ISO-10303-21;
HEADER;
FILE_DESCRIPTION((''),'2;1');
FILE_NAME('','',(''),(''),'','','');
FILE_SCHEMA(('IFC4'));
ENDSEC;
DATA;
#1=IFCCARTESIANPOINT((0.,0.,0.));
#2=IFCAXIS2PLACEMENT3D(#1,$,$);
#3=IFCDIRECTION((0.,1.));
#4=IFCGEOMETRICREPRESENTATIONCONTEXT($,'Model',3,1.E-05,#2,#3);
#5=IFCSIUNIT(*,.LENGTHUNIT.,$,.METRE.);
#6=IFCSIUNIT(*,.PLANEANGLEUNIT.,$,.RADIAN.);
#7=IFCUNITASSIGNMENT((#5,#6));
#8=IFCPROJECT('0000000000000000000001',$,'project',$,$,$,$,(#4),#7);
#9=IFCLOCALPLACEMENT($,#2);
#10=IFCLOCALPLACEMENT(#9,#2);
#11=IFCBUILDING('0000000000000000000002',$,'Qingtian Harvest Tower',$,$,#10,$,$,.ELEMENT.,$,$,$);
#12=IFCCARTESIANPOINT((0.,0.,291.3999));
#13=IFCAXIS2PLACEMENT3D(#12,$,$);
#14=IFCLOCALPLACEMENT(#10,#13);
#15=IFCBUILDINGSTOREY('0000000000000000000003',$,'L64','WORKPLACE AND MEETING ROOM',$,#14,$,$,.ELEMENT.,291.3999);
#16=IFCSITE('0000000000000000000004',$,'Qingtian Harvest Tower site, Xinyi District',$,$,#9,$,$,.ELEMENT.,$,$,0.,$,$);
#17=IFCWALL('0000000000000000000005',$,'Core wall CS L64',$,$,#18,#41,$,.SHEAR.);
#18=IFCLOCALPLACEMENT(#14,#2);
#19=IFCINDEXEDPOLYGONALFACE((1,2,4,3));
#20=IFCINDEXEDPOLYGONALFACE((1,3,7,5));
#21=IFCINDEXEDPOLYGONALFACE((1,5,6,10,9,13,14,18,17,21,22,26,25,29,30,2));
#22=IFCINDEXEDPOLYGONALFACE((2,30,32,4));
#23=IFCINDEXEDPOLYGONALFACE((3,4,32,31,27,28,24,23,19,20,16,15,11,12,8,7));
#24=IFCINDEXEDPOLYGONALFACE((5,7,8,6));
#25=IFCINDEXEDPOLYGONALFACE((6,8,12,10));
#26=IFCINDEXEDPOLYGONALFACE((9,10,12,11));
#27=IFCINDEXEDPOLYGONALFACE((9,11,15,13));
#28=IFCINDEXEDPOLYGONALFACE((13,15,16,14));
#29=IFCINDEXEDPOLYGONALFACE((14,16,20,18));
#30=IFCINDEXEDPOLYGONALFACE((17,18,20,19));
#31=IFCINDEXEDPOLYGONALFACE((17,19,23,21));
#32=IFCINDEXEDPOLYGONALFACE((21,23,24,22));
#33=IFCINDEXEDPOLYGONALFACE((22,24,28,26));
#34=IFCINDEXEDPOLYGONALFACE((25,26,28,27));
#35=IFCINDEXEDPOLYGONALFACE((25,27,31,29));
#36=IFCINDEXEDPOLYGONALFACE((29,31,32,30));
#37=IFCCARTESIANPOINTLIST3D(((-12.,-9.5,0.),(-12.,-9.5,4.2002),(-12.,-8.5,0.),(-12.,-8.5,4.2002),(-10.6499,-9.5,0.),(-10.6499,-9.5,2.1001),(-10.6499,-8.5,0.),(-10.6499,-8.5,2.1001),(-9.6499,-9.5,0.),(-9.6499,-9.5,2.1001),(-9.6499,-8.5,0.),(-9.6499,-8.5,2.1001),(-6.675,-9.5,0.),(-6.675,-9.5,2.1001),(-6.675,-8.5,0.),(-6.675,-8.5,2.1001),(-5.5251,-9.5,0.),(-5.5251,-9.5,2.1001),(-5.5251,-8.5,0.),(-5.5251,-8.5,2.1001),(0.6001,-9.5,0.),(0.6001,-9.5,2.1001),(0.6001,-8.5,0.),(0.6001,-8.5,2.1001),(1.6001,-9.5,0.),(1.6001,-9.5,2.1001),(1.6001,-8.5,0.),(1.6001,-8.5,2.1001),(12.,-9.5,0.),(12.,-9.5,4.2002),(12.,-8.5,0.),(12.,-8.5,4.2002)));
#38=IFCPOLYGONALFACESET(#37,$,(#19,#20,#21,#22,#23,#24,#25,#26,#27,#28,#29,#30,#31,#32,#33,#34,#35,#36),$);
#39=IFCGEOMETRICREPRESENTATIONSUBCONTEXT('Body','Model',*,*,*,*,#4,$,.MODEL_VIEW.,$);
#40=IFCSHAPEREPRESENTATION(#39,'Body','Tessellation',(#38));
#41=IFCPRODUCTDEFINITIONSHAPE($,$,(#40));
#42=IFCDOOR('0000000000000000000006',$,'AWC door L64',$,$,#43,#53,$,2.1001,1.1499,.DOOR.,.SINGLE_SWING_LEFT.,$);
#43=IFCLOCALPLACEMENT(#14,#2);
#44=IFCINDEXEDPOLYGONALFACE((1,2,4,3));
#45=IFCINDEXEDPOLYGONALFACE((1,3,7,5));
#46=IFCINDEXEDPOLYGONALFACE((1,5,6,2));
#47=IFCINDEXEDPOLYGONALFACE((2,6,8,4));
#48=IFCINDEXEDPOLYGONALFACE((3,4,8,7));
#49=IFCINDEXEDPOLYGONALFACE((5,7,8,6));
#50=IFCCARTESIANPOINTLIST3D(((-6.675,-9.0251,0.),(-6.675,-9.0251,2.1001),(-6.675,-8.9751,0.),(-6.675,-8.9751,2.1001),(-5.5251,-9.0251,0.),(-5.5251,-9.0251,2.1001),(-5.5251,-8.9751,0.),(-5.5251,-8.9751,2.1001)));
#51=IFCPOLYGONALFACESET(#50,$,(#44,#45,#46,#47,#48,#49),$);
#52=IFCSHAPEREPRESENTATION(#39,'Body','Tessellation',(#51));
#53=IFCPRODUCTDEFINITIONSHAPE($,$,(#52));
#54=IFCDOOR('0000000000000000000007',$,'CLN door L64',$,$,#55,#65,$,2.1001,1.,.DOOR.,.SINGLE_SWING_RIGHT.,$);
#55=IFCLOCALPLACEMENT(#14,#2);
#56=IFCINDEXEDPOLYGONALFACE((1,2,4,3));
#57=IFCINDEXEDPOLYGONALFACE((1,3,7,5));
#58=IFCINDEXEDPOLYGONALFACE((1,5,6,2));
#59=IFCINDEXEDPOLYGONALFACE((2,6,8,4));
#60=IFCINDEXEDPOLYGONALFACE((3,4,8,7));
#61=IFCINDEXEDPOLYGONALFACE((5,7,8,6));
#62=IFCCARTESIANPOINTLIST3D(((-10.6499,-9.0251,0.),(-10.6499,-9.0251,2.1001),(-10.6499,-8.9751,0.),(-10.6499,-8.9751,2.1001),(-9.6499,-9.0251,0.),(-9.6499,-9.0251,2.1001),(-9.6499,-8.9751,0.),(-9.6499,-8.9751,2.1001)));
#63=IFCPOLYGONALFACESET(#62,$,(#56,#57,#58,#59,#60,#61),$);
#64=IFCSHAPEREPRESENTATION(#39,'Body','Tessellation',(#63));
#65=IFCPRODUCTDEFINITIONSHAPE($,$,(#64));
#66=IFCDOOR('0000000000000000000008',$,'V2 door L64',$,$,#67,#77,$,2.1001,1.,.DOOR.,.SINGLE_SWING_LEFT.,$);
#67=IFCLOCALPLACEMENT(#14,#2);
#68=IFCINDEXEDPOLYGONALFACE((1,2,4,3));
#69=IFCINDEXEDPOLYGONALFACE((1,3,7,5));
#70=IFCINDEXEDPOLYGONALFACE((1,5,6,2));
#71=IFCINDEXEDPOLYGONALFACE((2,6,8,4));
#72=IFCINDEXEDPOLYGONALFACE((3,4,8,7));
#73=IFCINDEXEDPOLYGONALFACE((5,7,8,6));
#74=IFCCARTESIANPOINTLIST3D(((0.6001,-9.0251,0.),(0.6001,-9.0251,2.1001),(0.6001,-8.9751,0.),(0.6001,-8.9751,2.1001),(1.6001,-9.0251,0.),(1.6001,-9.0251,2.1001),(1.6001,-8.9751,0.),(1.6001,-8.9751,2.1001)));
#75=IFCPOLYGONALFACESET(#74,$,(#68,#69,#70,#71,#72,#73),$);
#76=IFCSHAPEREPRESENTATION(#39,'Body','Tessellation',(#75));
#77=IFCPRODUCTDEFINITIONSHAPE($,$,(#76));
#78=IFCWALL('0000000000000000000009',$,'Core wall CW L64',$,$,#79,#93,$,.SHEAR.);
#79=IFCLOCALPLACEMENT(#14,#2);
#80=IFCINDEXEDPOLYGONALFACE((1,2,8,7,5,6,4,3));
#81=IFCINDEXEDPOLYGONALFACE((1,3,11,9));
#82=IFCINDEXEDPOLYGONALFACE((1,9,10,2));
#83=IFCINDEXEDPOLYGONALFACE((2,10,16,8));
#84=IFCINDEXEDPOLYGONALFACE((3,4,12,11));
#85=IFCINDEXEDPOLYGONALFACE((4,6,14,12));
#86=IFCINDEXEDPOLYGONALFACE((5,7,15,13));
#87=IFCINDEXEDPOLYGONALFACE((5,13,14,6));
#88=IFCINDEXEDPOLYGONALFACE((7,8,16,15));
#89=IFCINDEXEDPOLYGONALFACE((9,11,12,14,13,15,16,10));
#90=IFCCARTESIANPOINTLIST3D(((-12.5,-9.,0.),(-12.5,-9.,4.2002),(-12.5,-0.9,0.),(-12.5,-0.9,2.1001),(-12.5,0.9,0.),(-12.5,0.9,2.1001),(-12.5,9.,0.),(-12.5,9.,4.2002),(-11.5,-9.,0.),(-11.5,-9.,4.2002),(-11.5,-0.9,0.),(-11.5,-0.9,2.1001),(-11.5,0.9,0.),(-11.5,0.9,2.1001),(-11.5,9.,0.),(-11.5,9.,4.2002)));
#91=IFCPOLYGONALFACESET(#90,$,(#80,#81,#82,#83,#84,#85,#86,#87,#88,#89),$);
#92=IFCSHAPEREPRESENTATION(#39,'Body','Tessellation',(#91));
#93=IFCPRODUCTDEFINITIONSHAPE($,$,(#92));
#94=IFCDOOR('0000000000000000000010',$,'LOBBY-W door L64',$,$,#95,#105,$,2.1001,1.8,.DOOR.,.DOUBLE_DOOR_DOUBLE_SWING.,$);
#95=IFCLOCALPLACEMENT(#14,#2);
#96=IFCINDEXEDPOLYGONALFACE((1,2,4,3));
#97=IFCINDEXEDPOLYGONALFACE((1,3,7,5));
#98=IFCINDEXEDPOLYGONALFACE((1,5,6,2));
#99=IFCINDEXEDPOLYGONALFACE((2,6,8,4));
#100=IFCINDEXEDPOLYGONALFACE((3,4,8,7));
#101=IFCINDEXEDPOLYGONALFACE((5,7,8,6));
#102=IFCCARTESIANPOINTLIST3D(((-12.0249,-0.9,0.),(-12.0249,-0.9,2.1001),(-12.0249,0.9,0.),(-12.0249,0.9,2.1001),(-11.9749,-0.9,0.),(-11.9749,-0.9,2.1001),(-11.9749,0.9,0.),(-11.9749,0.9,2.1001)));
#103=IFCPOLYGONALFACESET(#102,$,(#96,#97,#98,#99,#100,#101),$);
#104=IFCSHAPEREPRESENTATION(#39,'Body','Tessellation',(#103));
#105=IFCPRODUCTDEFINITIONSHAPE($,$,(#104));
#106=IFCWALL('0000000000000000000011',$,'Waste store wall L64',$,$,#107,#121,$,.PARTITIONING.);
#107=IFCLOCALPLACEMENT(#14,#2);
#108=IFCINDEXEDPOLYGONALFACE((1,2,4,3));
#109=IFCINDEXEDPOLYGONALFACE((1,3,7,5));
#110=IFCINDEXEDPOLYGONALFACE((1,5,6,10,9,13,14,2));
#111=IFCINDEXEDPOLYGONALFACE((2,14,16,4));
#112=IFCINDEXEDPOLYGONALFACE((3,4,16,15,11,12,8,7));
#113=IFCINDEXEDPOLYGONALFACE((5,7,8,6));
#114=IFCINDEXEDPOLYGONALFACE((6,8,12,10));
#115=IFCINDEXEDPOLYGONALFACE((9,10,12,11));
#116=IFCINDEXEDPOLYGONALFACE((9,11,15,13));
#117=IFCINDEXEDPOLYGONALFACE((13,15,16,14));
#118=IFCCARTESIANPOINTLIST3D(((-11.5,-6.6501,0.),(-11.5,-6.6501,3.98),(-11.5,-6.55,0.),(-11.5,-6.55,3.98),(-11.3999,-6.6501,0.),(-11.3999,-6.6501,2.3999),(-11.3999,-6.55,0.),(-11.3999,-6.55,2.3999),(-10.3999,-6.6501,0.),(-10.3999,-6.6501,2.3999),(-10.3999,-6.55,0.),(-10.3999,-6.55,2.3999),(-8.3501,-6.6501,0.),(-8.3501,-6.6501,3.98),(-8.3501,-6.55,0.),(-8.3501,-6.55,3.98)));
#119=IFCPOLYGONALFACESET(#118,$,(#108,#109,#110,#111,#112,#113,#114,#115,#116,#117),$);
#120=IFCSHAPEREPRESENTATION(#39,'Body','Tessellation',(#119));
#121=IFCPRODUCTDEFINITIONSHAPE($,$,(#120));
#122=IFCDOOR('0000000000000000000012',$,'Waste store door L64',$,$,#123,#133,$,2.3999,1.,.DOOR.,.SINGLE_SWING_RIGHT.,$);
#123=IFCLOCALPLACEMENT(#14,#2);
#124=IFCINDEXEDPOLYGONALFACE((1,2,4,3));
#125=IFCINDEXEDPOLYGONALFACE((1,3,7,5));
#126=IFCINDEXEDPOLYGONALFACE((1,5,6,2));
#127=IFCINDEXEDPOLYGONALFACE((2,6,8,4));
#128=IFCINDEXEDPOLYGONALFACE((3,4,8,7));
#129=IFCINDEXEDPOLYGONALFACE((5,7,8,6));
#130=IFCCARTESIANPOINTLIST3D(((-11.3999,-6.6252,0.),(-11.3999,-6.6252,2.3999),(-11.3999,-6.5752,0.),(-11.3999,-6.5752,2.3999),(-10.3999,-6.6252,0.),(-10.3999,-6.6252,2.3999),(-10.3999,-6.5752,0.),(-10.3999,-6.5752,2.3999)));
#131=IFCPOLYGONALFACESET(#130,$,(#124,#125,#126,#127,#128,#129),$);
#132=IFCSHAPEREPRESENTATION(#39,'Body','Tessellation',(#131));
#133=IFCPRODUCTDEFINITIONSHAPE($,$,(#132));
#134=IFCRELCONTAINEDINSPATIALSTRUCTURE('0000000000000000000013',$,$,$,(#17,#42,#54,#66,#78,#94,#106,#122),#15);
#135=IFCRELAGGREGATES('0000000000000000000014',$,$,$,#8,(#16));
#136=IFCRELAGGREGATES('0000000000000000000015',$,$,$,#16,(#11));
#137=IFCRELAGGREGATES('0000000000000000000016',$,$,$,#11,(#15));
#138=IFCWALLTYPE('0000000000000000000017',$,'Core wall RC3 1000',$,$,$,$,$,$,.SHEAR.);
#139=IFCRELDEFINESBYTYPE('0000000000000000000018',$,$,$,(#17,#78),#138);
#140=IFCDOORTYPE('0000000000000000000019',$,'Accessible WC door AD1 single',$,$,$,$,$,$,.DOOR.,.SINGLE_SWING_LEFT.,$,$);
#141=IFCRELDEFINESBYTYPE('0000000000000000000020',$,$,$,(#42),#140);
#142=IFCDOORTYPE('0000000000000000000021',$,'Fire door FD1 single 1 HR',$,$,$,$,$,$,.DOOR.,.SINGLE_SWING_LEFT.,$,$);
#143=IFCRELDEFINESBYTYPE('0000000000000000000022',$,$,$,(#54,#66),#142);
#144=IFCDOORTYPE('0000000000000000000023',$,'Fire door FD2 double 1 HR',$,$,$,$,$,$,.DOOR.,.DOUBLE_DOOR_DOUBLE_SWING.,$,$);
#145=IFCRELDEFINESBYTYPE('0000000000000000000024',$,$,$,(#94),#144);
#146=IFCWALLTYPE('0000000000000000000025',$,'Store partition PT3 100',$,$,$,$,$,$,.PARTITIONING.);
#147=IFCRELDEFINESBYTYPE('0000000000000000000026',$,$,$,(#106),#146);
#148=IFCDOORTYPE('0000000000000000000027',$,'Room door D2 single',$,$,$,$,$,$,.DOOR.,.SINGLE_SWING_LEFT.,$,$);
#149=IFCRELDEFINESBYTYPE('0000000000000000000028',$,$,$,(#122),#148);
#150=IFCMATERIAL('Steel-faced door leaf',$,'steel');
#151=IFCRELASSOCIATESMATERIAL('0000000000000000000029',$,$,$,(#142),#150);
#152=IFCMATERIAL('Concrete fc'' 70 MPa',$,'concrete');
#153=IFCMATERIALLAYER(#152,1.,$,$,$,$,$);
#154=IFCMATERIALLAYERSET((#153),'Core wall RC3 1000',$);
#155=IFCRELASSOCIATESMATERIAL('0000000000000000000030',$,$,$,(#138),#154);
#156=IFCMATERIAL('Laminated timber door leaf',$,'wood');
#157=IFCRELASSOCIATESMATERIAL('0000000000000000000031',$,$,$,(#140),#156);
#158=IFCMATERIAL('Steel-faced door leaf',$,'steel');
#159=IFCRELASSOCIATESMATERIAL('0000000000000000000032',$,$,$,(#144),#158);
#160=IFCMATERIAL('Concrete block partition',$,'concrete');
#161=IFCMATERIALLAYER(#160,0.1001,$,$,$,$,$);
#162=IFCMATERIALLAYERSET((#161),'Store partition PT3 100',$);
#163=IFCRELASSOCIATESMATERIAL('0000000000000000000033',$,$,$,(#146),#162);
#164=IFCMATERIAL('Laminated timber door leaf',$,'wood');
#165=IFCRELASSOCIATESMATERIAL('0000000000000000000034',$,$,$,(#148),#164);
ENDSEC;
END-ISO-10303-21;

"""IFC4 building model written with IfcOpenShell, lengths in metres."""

from ifc_helpers import new_model, si_unit, direction, frame, frame_2d, origin, place, context, subcontext, project, spatial, rectangle, extrude, material, layer, layer_set, type_object, element, fill, save


model = new_model("IFC4")

# Units and contexts
model_context = context("Model", 3, precision=1e-05, world=origin(), true_north=direction((0.0, 1.0)))
body_context = subcontext(model_context, "Body", "Model", "MODEL_VIEW")
ifc_project = project(units=[si_unit("LENGTHUNIT", "METRE"), si_unit("PLANEANGLEUNIT", "RADIAN")], contexts=[model_context])

# Site, building, storey
site_placement = place(None, origin())
site = spatial("IfcSite", under=ifc_project, at=site_placement, Name="Qingtian Harvest Tower site, Xinyi District", CompositionType="ELEMENT", RefElevation=0.0)
building_placement = place(site_placement, origin())
building = spatial("IfcBuilding", under=site, at=building_placement, Name="Qingtian Harvest Tower", CompositionType="ELEMENT")
storey_placement = place(building_placement, frame((0.0, 0.0, 291.3999)))
storey = spatial("IfcBuildingStorey", under=building, at=storey_placement, Name="L64", Description="WORKPLACE AND MEETING ROOM", CompositionType="ELEMENT", Elevation=291.3999)

# Shared definitions
ifc_material_1 = material(Name="Steel-faced door leaf", Category="steel")
door_type_1 = type_object("IfcDoorType", Name="Fire door FD1 single 1 HR", OperationType="SINGLE_SWING_LEFT", PredefinedType="DOOR", material=ifc_material_1)

# Wall, openings, doors
ifc_material_2 = material(Name="Concrete fc' 70 MPa", Category="concrete")
ifc_layer_1 = layer(ifc_material_2, 1.0)
ifc_layer_set_1 = layer_set([ifc_layer_1], Name="Core wall RC3 1000")
wall_type_1 = type_object("IfcWallType", Name="Core wall RC3 1000", PredefinedType="SHEAR", material=ifc_layer_set_1)
wall_1_placement = place(storey_placement, frame((-12.0, -9.0, 0.0), z_axis=(0.0, 0.0, 1.0), x_axis=(1.0, 0.0, 0.0)))
wall_1 = element("IfcWall", 1, at=wall_1_placement, inside=storey, type_object=wall_type_1, Name="Core wall CS L64", PredefinedType="SHEAR", context=body_context, shape_type="SweptSolid", body=[
    extrude(rectangle(XDim=24.0, YDim=1.0, at=frame_2d((12.0, 0.0))), origin(), (0.0, 0.0, 1.0), 4.2002),
])
opening_1_placement = place(wall_1_placement, frame((1.3501, 0.0, 0.0)))
opening_1 = element("IfcOpeningElement", 2, at=opening_1_placement, cuts=wall_1, PredefinedType="OPENING", context=body_context, shape_type="SweptSolid", body=[
    extrude(rectangle(XDim=1.0, YDim=2.1001, at=frame_2d((0.5, 1.05))), frame((0.0, 0.51, 0.0), z_axis=(0.0, -1.0, 0.0), x_axis=(1.0, 0.0, 0.0)), (0.0, 0.0, 1.0), 1.02),
])
opening_2_placement = place(wall_1_placement, frame((5.325, 0.0, 0.0)))
opening_2 = element("IfcOpeningElement", 3, at=opening_2_placement, cuts=wall_1, PredefinedType="OPENING", context=body_context, shape_type="SweptSolid", body=[
    extrude(rectangle(XDim=1.1499, YDim=2.1001, at=frame_2d((0.575, 1.05))), frame((0.0, 0.51, 0.0), z_axis=(0.0, -1.0, 0.0), x_axis=(1.0, 0.0, 0.0)), (0.0, 0.0, 1.0), 1.02),
])
opening_3_placement = place(wall_1_placement, frame((12.6001, 0.0, 0.0)))
opening_3 = element("IfcOpeningElement", 4, at=opening_3_placement, cuts=wall_1, PredefinedType="OPENING", context=body_context, shape_type="SweptSolid", body=[
    extrude(rectangle(XDim=1.0, YDim=2.1001, at=frame_2d((0.5, 1.05))), frame((0.0, 0.51, 0.0), z_axis=(0.0, -1.0, 0.0), x_axis=(1.0, 0.0, 0.0)), (0.0, 0.0, 1.0), 1.02),
])
ifc_material_3 = material(Name="Laminated timber door leaf", Category="wood")
door_type_2 = type_object("IfcDoorType", Name="Accessible WC door AD1 single", OperationType="SINGLE_SWING_LEFT", PredefinedType="DOOR", material=ifc_material_3)
door_1_placement = place(opening_2_placement, origin())
door_1 = element("IfcDoor", 5, at=door_1_placement, inside=storey, type_object=door_type_2, Name="AWC door L64", OperationType="SINGLE_SWING_LEFT", OverallHeight=2.1001, OverallWidth=1.1499, PredefinedType="DOOR", context=body_context, shape_type="SweptSolid", body=[
    extrude(rectangle(XDim=1.1499, YDim=2.1001, at=frame_2d((0.575, 1.05))), frame((0.0, 0.0249, 0.0), z_axis=(0.0, -1.0, 0.0), x_axis=(1.0, 0.0, 0.0)), (0.0, 0.0, 1.0), 0.05),
])
fill(opening_2, door_1)
door_2_placement = place(opening_1_placement, origin())
door_2 = element("IfcDoor", 6, at=door_2_placement, inside=storey, type_object=door_type_1, Name="CLN door L64", OperationType="SINGLE_SWING_RIGHT", OverallHeight=2.1001, OverallWidth=1.0, PredefinedType="DOOR", context=body_context, shape_type="SweptSolid", body=[
    extrude(rectangle(XDim=1.0, YDim=2.1001, at=frame_2d((0.5, 1.05))), frame((0.0, 0.0249, 0.0), z_axis=(0.0, -1.0, 0.0), x_axis=(1.0, 0.0, 0.0)), (0.0, 0.0, 1.0), 0.05),
])
fill(opening_1, door_2)
door_3_placement = place(opening_3_placement, origin())
door_3 = element("IfcDoor", 7, at=door_3_placement, inside=storey, type_object=door_type_1, Name="V2 door L64", OperationType="SINGLE_SWING_LEFT", OverallHeight=2.1001, OverallWidth=1.0, PredefinedType="DOOR", context=body_context, shape_type="SweptSolid", body=[
    extrude(rectangle(XDim=1.0, YDim=2.1001, at=frame_2d((0.5, 1.05))), frame((0.0, 0.0249, 0.0), z_axis=(0.0, -1.0, 0.0), x_axis=(1.0, 0.0, 0.0)), (0.0, 0.0, 1.0), 0.05),
])
fill(opening_3, door_3)

# Walls, openings, doors
wall_2_placement = place(storey_placement, frame((-12.0, -9.0, 0.0), z_axis=(0.0, 0.0, 1.0), x_axis=(0.0, 1.0, 0.0)))
wall_2 = element("IfcWall", 8, at=wall_2_placement, inside=storey, type_object=wall_type_1, Name="Core wall CW L64", PredefinedType="SHEAR", context=body_context, shape_type="SweptSolid", body=[
    extrude(rectangle(XDim=18.0, YDim=1.0, at=frame_2d((9.0, 0.0))), origin(), (0.0, 0.0, 1.0), 4.2002),
])
opening_4_placement = place(wall_2_placement, frame((8.1001, 0.0, 0.0)))
opening_4 = element("IfcOpeningElement", 9, at=opening_4_placement, cuts=wall_2, PredefinedType="OPENING", context=body_context, shape_type="SweptSolid", body=[
    extrude(rectangle(XDim=1.8, YDim=2.1001, at=frame_2d((0.8999, 1.05))), frame((0.0, 0.51, 0.0), z_axis=(0.0, -1.0, 0.0), x_axis=(1.0, 0.0, 0.0)), (0.0, 0.0, 1.0), 1.02),
])
ifc_material_4 = material(Name="Steel-faced door leaf", Category="steel")
door_type_3 = type_object("IfcDoorType", Name="Fire door FD2 double 1 HR", OperationType="DOUBLE_DOOR_DOUBLE_SWING", PredefinedType="DOOR", material=ifc_material_4)
door_4_placement = place(opening_4_placement, origin())
door_4 = element("IfcDoor", 10, at=door_4_placement, inside=storey, type_object=door_type_3, Name="LOBBY-W door L64", OperationType="DOUBLE_DOOR_DOUBLE_SWING", OverallHeight=2.1001, OverallWidth=1.8, PredefinedType="DOOR", context=body_context, shape_type="SweptSolid", body=[
    extrude(rectangle(XDim=1.8, YDim=2.1001, at=frame_2d((0.8999, 1.05))), frame((0.0, 0.0249, 0.0), z_axis=(0.0, -1.0, 0.0), x_axis=(1.0, 0.0, 0.0)), (0.0, 0.0, 1.0), 0.05),
])
fill(opening_4, door_4)
ifc_material_5 = material(Name="Concrete block partition", Category="concrete")
ifc_layer_2 = layer(ifc_material_5, 0.1001)
ifc_layer_set_2 = layer_set([ifc_layer_2], Name="Store partition PT3 100")
wall_type_2 = type_object("IfcWallType", Name="Store partition PT3 100", PredefinedType="PARTITIONING", material=ifc_layer_set_2)
wall_3_placement = place(storey_placement, frame((-11.5, -6.6001, 0.0), z_axis=(0.0, 0.0, 1.0), x_axis=(1.0, 0.0, 0.0)))
wall_3 = element("IfcWall", 11, at=wall_3_placement, inside=storey, type_object=wall_type_2, Name="Waste store wall L64", PredefinedType="PARTITIONING", context=body_context, shape_type="SweptSolid", body=[
    extrude(rectangle(XDim=3.1499, YDim=0.1001, at=frame_2d((1.575, 0.0))), origin(), (0.0, 0.0, 1.0), 3.98),
])
opening_5_placement = place(wall_3_placement, frame((0.1001, 0.0, 0.0)))
opening_5 = element("IfcOpeningElement", 12, at=opening_5_placement, cuts=wall_3, PredefinedType="OPENING", context=body_context, shape_type="SweptSolid", body=[
    extrude(rectangle(XDim=1.0, YDim=2.3999, at=frame_2d((0.5, 1.2))), frame((0.0, 0.0601, 0.0), z_axis=(0.0, -1.0, 0.0), x_axis=(1.0, 0.0, 0.0)), (0.0, 0.0, 1.0), 0.1201),
])
ifc_material_6 = material(Name="Laminated timber door leaf", Category="wood")
door_type_4 = type_object("IfcDoorType", Name="Room door D2 single", OperationType="SINGLE_SWING_LEFT", PredefinedType="DOOR", material=ifc_material_6)
door_5_placement = place(opening_5_placement, origin())
door_5 = element("IfcDoor", 13, at=door_5_placement, inside=storey, type_object=door_type_4, Name="Waste store door L64", OperationType="SINGLE_SWING_RIGHT", OverallHeight=2.3999, OverallWidth=1.0, PredefinedType="DOOR", context=body_context, shape_type="SweptSolid", body=[
    extrude(rectangle(XDim=1.0, YDim=2.3999, at=frame_2d((0.5, 1.2))), frame((0.0, 0.0249, 0.0), z_axis=(0.0, -1.0, 0.0), x_axis=(1.0, 0.0, 0.0)), (0.0, 0.0, 1.0), 0.05),
])
fill(opening_5, door_5)

save(model, "model.ifc")
